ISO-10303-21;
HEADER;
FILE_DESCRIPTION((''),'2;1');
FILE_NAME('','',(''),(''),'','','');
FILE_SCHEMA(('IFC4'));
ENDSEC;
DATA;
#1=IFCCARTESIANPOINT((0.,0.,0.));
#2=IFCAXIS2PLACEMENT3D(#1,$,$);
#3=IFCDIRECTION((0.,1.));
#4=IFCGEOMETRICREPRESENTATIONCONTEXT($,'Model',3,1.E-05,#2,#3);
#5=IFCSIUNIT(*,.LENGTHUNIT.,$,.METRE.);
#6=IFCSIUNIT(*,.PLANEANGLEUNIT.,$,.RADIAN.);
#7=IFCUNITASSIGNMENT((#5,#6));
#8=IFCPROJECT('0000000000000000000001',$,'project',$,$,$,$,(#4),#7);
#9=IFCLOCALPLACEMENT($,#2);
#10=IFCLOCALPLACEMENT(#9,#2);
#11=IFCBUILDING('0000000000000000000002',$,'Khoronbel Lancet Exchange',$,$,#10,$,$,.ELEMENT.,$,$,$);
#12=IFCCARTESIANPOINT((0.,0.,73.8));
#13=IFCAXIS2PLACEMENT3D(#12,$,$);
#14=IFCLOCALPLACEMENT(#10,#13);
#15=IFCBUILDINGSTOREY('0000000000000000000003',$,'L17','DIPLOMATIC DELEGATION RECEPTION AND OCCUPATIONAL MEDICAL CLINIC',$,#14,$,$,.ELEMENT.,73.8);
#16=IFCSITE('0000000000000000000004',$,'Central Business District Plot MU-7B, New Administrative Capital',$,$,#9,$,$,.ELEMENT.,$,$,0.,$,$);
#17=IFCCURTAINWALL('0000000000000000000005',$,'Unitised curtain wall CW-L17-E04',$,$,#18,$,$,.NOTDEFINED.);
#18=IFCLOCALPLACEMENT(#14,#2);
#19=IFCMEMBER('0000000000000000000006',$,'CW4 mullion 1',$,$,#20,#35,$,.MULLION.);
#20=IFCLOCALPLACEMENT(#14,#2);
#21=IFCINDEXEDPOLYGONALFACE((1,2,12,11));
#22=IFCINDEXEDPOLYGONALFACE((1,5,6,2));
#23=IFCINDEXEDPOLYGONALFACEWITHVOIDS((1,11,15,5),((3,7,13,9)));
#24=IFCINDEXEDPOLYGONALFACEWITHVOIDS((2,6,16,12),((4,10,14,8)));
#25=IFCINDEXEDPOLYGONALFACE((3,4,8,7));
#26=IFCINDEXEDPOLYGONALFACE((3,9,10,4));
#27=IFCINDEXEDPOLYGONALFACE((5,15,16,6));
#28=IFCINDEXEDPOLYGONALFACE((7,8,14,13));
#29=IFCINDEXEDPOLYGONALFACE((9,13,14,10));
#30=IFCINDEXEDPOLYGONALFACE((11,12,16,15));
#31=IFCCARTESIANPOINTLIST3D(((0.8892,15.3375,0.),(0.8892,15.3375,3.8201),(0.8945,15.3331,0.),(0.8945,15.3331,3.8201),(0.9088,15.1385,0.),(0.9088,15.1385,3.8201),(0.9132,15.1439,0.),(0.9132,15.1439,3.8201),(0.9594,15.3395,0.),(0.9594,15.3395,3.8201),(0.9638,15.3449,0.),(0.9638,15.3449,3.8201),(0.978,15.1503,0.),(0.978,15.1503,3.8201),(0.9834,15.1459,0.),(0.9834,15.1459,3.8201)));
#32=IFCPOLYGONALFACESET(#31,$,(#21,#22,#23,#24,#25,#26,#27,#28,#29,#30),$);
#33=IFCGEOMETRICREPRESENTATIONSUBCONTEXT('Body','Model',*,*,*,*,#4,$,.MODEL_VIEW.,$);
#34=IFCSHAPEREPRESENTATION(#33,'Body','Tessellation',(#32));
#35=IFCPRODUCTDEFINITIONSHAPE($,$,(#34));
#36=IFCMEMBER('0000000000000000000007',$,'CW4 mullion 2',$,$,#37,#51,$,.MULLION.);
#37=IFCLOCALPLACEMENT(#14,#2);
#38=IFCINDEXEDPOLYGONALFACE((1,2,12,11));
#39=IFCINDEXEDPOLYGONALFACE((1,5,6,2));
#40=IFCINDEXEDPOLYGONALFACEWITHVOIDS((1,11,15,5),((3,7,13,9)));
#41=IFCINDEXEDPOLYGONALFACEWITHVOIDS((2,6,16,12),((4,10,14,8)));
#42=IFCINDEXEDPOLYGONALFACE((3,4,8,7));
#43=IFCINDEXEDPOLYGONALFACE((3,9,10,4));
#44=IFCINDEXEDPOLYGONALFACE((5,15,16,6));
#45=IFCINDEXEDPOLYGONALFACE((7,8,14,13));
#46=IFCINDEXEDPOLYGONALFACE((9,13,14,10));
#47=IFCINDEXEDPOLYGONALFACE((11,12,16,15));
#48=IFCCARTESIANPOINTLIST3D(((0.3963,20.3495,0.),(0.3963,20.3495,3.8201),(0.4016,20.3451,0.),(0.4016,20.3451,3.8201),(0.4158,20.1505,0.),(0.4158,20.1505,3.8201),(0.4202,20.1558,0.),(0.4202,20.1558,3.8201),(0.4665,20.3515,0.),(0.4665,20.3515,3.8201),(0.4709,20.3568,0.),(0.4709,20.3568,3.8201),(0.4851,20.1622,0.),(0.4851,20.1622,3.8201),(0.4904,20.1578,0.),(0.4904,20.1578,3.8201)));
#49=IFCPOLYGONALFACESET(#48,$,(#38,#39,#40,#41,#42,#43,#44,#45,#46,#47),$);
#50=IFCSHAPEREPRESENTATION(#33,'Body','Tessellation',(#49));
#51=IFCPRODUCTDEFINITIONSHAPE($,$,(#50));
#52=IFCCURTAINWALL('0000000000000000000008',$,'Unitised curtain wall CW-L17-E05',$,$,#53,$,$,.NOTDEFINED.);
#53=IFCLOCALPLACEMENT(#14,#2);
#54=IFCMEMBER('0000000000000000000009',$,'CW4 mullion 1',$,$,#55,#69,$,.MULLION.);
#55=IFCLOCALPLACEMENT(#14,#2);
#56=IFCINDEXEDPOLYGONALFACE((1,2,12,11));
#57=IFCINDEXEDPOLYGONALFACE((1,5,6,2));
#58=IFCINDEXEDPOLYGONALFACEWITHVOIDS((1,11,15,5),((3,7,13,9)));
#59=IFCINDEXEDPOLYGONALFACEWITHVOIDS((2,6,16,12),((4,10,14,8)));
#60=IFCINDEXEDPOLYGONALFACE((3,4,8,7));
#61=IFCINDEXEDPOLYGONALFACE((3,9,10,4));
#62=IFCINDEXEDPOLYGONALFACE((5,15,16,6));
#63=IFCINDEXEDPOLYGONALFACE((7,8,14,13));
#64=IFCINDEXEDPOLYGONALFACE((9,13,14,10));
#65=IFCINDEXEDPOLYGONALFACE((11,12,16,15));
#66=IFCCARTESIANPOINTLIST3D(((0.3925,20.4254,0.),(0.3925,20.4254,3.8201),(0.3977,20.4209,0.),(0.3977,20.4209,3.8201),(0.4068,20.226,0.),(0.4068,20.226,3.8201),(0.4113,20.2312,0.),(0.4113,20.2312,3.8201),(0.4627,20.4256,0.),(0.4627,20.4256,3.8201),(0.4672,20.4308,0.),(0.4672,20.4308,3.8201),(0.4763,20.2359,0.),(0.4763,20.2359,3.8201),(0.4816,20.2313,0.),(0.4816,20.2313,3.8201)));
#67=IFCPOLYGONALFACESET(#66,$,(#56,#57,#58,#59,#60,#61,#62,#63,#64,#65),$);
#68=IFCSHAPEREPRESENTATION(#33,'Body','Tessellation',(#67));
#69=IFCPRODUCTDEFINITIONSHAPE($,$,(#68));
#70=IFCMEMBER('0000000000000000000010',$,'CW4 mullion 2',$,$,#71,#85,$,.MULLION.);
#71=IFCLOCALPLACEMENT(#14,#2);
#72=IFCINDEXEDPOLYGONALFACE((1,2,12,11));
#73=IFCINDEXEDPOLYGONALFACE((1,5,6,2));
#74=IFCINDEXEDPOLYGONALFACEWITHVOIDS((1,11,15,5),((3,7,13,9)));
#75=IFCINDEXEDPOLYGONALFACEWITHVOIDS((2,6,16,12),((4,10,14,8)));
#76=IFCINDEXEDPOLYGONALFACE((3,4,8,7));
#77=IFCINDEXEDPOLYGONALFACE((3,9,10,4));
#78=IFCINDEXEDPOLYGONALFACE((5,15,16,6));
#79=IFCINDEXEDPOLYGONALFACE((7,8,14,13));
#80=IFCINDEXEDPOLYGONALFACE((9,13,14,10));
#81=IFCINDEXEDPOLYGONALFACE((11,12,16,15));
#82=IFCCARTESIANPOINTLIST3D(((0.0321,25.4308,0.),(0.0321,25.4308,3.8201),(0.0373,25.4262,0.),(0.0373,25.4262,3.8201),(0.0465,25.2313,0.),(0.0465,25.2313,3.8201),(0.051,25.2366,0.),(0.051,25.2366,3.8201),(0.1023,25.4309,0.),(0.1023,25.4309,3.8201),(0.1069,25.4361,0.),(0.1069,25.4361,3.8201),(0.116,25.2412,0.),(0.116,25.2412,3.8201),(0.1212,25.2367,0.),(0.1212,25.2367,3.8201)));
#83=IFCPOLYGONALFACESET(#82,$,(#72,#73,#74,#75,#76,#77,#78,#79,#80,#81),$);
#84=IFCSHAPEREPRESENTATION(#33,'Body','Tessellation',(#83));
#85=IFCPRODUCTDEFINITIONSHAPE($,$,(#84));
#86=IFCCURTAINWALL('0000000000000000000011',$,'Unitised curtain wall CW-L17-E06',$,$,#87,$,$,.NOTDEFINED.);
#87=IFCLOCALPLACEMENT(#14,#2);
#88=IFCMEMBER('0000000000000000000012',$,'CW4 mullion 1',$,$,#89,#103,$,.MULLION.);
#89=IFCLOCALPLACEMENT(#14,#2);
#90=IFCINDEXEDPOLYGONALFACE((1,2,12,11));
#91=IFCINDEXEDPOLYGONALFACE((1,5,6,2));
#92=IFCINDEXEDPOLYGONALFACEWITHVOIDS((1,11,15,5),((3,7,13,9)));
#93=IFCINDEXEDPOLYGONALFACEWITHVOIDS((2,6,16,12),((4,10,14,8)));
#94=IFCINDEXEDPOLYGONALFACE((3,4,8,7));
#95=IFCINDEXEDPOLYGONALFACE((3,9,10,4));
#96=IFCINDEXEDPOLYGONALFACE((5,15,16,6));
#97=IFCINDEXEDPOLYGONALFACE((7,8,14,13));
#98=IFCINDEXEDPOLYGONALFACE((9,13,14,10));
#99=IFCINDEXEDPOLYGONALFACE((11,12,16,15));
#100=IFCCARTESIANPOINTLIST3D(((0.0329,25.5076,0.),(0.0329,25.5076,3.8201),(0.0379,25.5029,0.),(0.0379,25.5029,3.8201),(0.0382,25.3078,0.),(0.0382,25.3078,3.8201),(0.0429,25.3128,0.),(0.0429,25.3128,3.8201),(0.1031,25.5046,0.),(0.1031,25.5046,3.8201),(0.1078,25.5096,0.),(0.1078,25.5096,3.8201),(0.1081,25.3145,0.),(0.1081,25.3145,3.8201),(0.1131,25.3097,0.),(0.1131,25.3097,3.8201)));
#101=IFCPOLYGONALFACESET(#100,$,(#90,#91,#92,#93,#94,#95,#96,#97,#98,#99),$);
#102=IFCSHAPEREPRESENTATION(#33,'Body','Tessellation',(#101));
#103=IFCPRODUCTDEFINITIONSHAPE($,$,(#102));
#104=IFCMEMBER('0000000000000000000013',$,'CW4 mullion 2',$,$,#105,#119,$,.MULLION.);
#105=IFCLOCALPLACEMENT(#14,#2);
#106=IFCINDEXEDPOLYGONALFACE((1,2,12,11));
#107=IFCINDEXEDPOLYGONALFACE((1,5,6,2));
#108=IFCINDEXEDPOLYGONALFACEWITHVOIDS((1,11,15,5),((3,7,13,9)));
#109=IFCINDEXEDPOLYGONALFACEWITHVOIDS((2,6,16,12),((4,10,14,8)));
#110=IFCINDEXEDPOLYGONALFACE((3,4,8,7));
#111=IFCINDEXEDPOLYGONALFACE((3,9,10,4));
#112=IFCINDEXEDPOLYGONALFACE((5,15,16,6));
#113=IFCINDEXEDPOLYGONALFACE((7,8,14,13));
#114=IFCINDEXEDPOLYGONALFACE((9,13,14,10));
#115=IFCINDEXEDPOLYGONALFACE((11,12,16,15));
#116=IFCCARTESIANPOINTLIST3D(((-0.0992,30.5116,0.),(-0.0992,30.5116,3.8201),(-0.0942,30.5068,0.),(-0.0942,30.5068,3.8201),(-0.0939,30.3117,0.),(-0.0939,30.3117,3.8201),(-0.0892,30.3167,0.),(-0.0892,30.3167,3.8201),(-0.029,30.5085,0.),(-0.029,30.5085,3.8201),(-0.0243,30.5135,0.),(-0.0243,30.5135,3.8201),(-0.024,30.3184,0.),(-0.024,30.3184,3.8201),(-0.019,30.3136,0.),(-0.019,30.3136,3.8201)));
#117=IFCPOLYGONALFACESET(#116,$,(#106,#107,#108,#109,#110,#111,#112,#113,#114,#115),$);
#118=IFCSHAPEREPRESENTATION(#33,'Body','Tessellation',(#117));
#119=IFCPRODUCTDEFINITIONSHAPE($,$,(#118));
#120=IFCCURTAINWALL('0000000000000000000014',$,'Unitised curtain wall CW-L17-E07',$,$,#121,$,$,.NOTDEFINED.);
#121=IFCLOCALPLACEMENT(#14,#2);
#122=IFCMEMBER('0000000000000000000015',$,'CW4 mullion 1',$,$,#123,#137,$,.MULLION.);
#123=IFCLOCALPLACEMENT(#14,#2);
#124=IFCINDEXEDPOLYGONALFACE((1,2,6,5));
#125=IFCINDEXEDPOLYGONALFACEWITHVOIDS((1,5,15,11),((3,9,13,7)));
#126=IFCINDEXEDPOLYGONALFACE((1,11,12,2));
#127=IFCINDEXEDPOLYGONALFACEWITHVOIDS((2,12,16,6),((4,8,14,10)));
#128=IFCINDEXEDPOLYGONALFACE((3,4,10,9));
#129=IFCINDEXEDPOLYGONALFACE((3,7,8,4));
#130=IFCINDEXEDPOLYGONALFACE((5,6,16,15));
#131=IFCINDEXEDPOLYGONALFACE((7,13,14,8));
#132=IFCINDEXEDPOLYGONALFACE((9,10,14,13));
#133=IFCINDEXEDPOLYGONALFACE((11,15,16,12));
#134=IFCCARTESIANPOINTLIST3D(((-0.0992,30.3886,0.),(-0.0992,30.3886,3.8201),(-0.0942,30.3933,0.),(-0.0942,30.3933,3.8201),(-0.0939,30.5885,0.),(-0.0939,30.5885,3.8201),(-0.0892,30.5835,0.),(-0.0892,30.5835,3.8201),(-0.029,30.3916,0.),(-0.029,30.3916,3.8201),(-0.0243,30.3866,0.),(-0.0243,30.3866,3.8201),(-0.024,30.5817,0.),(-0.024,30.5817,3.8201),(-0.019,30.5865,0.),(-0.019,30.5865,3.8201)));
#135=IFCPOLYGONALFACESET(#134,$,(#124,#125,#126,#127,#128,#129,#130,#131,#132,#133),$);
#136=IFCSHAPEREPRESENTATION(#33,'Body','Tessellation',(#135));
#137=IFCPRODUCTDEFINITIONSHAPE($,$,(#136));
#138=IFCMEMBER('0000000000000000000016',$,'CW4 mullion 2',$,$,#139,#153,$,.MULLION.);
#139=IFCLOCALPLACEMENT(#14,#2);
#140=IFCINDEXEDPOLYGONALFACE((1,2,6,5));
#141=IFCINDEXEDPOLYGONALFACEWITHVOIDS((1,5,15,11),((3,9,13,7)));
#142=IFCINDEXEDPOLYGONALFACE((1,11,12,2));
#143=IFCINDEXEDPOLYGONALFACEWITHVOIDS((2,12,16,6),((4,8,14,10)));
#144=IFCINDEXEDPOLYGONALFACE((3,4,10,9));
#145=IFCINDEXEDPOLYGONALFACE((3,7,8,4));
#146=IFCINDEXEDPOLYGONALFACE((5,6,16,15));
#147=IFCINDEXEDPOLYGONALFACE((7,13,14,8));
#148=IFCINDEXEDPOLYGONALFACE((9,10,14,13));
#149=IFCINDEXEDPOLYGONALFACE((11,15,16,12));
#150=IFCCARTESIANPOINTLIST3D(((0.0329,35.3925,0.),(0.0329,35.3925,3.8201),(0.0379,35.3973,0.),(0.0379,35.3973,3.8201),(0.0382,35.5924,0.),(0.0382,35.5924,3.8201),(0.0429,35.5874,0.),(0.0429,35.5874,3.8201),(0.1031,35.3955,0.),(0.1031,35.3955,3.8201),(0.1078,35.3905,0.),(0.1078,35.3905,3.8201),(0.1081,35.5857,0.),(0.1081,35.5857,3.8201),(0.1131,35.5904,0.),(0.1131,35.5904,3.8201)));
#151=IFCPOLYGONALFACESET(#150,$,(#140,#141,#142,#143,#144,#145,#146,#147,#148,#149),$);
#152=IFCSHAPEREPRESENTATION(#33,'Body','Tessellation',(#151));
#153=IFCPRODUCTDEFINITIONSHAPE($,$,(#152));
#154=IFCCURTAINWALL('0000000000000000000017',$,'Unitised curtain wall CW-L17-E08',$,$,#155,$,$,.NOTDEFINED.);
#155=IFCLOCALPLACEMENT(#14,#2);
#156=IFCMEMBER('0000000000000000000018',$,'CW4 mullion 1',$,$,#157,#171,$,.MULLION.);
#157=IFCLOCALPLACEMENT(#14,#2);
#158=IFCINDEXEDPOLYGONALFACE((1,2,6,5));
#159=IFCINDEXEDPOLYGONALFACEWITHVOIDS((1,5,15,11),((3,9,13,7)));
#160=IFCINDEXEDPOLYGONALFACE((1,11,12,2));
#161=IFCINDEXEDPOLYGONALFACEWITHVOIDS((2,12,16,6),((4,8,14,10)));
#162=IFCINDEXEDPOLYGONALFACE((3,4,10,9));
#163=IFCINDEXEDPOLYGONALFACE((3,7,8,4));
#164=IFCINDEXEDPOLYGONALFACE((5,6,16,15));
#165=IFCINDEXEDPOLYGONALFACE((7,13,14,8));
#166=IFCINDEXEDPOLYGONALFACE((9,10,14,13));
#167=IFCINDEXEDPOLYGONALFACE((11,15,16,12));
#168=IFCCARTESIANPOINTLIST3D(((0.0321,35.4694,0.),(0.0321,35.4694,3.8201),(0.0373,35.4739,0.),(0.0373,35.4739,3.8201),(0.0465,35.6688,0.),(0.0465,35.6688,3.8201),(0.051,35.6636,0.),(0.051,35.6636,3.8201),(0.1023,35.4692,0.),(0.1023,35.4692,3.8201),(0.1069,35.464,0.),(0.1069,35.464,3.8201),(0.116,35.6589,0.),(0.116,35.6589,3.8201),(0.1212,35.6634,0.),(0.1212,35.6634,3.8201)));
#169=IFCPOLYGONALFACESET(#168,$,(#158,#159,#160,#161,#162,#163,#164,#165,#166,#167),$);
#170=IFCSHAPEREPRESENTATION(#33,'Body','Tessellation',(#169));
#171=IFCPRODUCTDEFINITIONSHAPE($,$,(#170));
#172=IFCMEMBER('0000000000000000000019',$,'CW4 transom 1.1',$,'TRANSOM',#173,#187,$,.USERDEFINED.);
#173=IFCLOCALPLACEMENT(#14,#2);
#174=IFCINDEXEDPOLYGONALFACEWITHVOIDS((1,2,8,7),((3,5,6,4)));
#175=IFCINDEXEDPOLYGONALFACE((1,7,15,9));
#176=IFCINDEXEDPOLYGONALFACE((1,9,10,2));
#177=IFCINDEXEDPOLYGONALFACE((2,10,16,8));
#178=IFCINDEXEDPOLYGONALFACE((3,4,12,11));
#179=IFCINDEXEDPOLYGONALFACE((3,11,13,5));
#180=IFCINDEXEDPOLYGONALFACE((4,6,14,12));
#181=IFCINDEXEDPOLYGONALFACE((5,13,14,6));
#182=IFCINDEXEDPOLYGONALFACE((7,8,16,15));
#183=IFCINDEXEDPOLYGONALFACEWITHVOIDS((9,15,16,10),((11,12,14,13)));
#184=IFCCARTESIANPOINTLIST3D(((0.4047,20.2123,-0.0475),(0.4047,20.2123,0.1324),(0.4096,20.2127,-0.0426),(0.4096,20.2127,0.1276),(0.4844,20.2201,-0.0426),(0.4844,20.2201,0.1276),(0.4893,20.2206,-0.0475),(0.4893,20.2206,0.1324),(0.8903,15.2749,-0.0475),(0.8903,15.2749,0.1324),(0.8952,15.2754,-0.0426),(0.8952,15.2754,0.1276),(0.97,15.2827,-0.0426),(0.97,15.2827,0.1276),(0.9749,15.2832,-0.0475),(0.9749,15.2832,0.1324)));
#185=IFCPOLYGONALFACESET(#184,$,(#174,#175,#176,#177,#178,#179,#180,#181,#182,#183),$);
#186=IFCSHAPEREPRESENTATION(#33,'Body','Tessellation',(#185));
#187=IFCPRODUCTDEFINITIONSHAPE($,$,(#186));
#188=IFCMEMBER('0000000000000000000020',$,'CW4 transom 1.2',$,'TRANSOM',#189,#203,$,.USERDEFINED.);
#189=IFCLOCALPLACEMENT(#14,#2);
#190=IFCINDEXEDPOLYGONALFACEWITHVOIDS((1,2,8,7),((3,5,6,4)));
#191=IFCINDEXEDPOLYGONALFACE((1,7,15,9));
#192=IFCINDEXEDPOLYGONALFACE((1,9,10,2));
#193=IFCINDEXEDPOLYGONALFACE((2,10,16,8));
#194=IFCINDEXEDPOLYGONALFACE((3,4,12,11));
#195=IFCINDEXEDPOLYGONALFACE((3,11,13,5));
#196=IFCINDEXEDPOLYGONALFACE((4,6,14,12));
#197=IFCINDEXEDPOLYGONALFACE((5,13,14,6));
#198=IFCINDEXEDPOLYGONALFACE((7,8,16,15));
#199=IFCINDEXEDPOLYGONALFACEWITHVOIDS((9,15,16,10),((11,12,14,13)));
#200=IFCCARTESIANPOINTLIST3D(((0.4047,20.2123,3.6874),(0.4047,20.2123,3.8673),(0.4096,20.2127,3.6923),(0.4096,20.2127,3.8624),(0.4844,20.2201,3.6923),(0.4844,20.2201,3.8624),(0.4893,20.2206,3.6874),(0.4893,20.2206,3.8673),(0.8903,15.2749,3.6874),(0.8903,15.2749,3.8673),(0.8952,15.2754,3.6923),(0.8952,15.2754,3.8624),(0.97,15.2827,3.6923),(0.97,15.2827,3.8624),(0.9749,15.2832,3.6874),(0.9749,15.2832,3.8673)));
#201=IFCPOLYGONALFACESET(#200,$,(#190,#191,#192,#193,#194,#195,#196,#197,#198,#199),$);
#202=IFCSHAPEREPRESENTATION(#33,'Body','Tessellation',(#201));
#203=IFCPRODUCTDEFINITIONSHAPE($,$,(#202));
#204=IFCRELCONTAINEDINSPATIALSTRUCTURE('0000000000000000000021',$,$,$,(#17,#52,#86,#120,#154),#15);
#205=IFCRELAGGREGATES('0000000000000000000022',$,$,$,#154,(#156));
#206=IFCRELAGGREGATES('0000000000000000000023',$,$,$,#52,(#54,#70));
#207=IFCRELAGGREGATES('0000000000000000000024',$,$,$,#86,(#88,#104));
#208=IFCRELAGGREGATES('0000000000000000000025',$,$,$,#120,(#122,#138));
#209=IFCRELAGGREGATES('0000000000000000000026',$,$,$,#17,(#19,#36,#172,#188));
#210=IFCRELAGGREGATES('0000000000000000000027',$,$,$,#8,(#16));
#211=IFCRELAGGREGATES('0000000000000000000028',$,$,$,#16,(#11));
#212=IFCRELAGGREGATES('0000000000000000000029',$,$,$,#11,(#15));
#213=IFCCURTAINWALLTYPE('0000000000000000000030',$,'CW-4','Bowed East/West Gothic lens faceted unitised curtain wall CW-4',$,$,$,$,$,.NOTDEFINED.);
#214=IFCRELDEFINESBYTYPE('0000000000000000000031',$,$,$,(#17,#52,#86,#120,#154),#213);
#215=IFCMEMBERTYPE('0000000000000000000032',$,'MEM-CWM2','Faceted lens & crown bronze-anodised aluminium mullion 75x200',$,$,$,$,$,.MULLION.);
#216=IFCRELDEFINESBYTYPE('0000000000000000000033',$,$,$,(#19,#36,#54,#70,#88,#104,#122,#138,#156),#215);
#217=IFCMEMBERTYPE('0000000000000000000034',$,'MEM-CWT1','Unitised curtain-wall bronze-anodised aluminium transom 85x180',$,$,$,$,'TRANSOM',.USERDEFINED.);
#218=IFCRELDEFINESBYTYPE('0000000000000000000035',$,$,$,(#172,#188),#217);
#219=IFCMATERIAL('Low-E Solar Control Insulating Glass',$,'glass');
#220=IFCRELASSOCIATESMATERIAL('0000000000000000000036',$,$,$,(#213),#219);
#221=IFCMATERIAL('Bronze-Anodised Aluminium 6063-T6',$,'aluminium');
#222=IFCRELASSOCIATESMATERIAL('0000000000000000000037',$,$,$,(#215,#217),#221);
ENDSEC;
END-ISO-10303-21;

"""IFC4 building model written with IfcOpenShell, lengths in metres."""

from ifc_helpers import new_model, si_unit, direction, frame, origin, origin_2d, place, context, subcontext, project, spatial, hollow_rectangle, extrude, material, material_profile, profile_set, type_object, element, aggregate, save


model = new_model("IFC4")

# Units and contexts
model_context = context("Model", 3, precision=1e-05, world=origin(), true_north=direction((0.0, 1.0)))
body_context = subcontext(model_context, "Body", "Model", "MODEL_VIEW")
ifc_project = project(units=[si_unit("LENGTHUNIT", "METRE"), si_unit("PLANEANGLEUNIT", "RADIAN")], contexts=[model_context])

# Site, building, storey
site_placement = place(None, origin())
site = spatial("IfcSite", under=ifc_project, at=site_placement, Name="Central Business District Plot MU-7B, New Administrative Capital", CompositionType="ELEMENT", RefElevation=0.0)
building_placement = place(site_placement, origin())
building = spatial("IfcBuilding", under=site, at=building_placement, Name="Khoronbel Lancet Exchange", CompositionType="ELEMENT")
storey_placement = place(building_placement, frame((0.0, 0.0, 73.8)))
storey = spatial("IfcBuildingStorey", under=building, at=storey_placement, Name="L17", Description="DIPLOMATIC DELEGATION RECEPTION AND OCCUPATIONAL MEDICAL CLINIC", CompositionType="ELEMENT", Elevation=73.8)

# Curtain walls, members
ifc_material_1 = material(Name="Low-E Solar Control Insulating Glass", Category="glass")
curtain_wall_type = type_object("IfcCurtainWallType", Name="CW-4", Description="Bowed East/West Gothic lens faceted unitised curtain wall CW-4", PredefinedType="NOTDEFINED", material=ifc_material_1)
curtain_wall_1_placement = place(storey_placement, origin())
curtain_wall_1 = element("IfcCurtainWall", 1, at=curtain_wall_1_placement, inside=storey, type_object=curtain_wall_type, Name="Unitised curtain wall CW-L17-E04", PredefinedType="NOTDEFINED")
ifc_material_2 = material(Name="Bronze-Anodised Aluminium 6063-T6", Category="aluminium")
ifc_material_profile_1 = material_profile(ifc_material_2, hollow_rectangle(XDim=0.075, YDim=0.2, WallThickness=0.0049, at=origin_2d()), Name="ALU MULLION 75x200")
ifc_profile_set_1 = profile_set([ifc_material_profile_1], Name="Bronze-Anodised Aluminium 6063-T6")
member_type_1 = type_object("IfcMemberType", Name="MEM-CWM2", Description="Faceted lens & crown bronze-anodised aluminium mullion 75x200", PredefinedType="MULLION", material=ifc_profile_set_1)
member_1_placement = place(storey_placement, frame((0.9363, 15.2417, 0.0), z_axis=(0.0, 0.0, 1.0), x_axis=(-0.995198, -0.097886, 0.0)))
member_1 = element("IfcMember", 2, at=member_1_placement, type_object=member_type_1, Name="CW4 mullion 1", PredefinedType="MULLION", context=body_context, shape_type="SweptSolid", body=[
    extrude(hollow_rectangle(XDim=0.075, YDim=0.2, WallThickness=0.0049, at=origin_2d()), origin(), (0.0, 0.0, 1.0), 3.8201),
])
member_2_placement = place(storey_placement, frame((0.4434, 20.2537, 0.0), z_axis=(0.0, 0.0, 1.0), x_axis=(-0.995198, -0.097886, 0.0)))
member_2 = element("IfcMember", 3, at=member_2_placement, type_object=member_type_1, Name="CW4 mullion 2", PredefinedType="MULLION", context=body_context, shape_type="SweptSolid", body=[
    extrude(hollow_rectangle(XDim=0.075, YDim=0.2, WallThickness=0.0049, at=origin_2d()), origin(), (0.0, 0.0, 1.0), 3.8201),
])
curtain_wall_2_placement = place(storey_placement, origin())
curtain_wall_2 = element("IfcCurtainWall", 4, at=curtain_wall_2_placement, inside=storey, type_object=curtain_wall_type, Name="Unitised curtain wall CW-L17-E05", PredefinedType="NOTDEFINED")
member_3_placement = place(storey_placement, frame((0.437, 20.3284, 0.0), z_axis=(0.0, 0.0, 1.0), x_axis=(-0.997418, -0.071819, 0.0)))
member_3 = element("IfcMember", 5, at=member_3_placement, type_object=member_type_1, Name="CW4 mullion 1", PredefinedType="MULLION", context=body_context, shape_type="SweptSolid", body=[
    extrude(hollow_rectangle(XDim=0.075, YDim=0.2, WallThickness=0.0049, at=origin_2d()), origin(), (0.0, 0.0, 1.0), 3.8201),
])
member_4_placement = place(storey_placement, frame((0.0767, 25.3337, 0.0), z_axis=(0.0, 0.0, 1.0), x_axis=(-0.997418, -0.071819, 0.0)))
member_4 = element("IfcMember", 6, at=member_4_placement, type_object=member_type_1, Name="CW4 mullion 2", PredefinedType="MULLION", context=body_context, shape_type="SweptSolid", body=[
    extrude(hollow_rectangle(XDim=0.075, YDim=0.2, WallThickness=0.0049, at=origin_2d()), origin(), (0.0, 0.0, 1.0), 3.8201),
])
curtain_wall_3_placement = place(storey_placement, origin())
curtain_wall_3 = element("IfcCurtainWall", 7, at=curtain_wall_3_placement, inside=storey, type_object=curtain_wall_type, Name="Unitised curtain wall CW-L17-E06", PredefinedType="NOTDEFINED")
member_5_placement = place(storey_placement, frame((0.073, 25.4087, 0.0), z_axis=(0.0, 0.0, 1.0), x_axis=(-0.999653, -0.026355, 0.0)))
member_5 = element("IfcMember", 8, at=member_5_placement, type_object=member_type_1, Name="CW4 mullion 1", PredefinedType="MULLION", context=body_context, shape_type="SweptSolid", body=[
    extrude(hollow_rectangle(XDim=0.075, YDim=0.2, WallThickness=0.0049, at=origin_2d()), origin(), (0.0, 0.0, 1.0), 3.8201),
])
member_6_placement = place(storey_placement, frame((-0.0591, 30.4126, 0.0), z_axis=(0.0, 0.0, 1.0), x_axis=(-0.999653, -0.026355, 0.0)))
member_6 = element("IfcMember", 9, at=member_6_placement, type_object=member_type_1, Name="CW4 mullion 2", PredefinedType="MULLION", context=body_context, shape_type="SweptSolid", body=[
    extrude(hollow_rectangle(XDim=0.075, YDim=0.2, WallThickness=0.0049, at=origin_2d()), origin(), (0.0, 0.0, 1.0), 3.8201),
])
curtain_wall_4_placement = place(storey_placement, origin())
curtain_wall_4 = element("IfcCurtainWall", 10, at=curtain_wall_4_placement, inside=storey, type_object=curtain_wall_type, Name="Unitised curtain wall CW-L17-E07", PredefinedType="NOTDEFINED")
member_7_placement = place(storey_placement, frame((-0.0591, 30.4875, 0.0), z_axis=(0.0, 0.0, 1.0), x_axis=(-0.999653, 0.026355, 0.0)))
member_7 = element("IfcMember", 11, at=member_7_placement, type_object=member_type_1, Name="CW4 mullion 1", PredefinedType="MULLION", context=body_context, shape_type="SweptSolid", body=[
    extrude(hollow_rectangle(XDim=0.075, YDim=0.2, WallThickness=0.0049, at=origin_2d()), origin(), (0.0, 0.0, 1.0), 3.8201),
])
member_8_placement = place(storey_placement, frame((0.073, 35.4915, 0.0), z_axis=(0.0, 0.0, 1.0), x_axis=(-0.999653, 0.026355, 0.0)))
member_8 = element("IfcMember", 12, at=member_8_placement, type_object=member_type_1, Name="CW4 mullion 2", PredefinedType="MULLION", context=body_context, shape_type="SweptSolid", body=[
    extrude(hollow_rectangle(XDim=0.075, YDim=0.2, WallThickness=0.0049, at=origin_2d()), origin(), (0.0, 0.0, 1.0), 3.8201),
])

# Curtain wall, member
curtain_wall_5_placement = place(storey_placement, origin())
curtain_wall_5 = element("IfcCurtainWall", 13, at=curtain_wall_5_placement, inside=storey, type_object=curtain_wall_type, Name="Unitised curtain wall CW-L17-E08", PredefinedType="NOTDEFINED")
member_9_placement = place(storey_placement, frame((0.0767, 35.5664, 0.0), z_axis=(0.0, 0.0, 1.0), x_axis=(-0.997418, 0.071819, 0.0)))
member_9 = element("IfcMember", 14, at=member_9_placement, type_object=member_type_1, Name="CW4 mullion 1", PredefinedType="MULLION", context=body_context, shape_type="SweptSolid", body=[
    extrude(hollow_rectangle(XDim=0.075, YDim=0.2, WallThickness=0.0049, at=origin_2d()), origin(), (0.0, 0.0, 1.0), 3.8201),
])

# Members
ifc_material_profile_2 = material_profile(ifc_material_2, hollow_rectangle(XDim=0.085, YDim=0.1799, WallThickness=0.0049, at=origin_2d()), Name="ALU TRANSOM 85x180")
ifc_profile_set_2 = profile_set([ifc_material_profile_2], Name="Bronze-Anodised Aluminium 6063-T6")
member_type_2 = type_object("IfcMemberType", Name="MEM-CWT1", Description="Unitised curtain-wall bronze-anodised aluminium transom 85x180", ElementType="TRANSOM", PredefinedType="USERDEFINED", material=ifc_profile_set_2)
member_10_placement = place(storey_placement, frame((0.9326, 15.2791, 0.0425), z_axis=(-0.097881, 0.995198, 0.0), x_axis=(-0.995198, -0.097881, 0.0)))
member_10 = element("IfcMember", 15, at=member_10_placement, type_object=member_type_2, Name="CW4 transom 1.1", ObjectType="TRANSOM", PredefinedType="USERDEFINED", context=body_context, shape_type="SweptSolid", body=[
    extrude(hollow_rectangle(XDim=0.085, YDim=0.1799, WallThickness=0.0049, at=origin_2d()), origin(), (0.0, 0.0, 1.0), 4.9612),
])
member_11_placement = place(storey_placement, frame((0.9326, 15.2791, 3.7773), z_axis=(-0.097881, 0.995198, 0.0), x_axis=(-0.995198, -0.097881, 0.0)))
member_11 = element("IfcMember", 16, at=member_11_placement, type_object=member_type_2, Name="CW4 transom 1.2", ObjectType="TRANSOM", PredefinedType="USERDEFINED", context=body_context, shape_type="SweptSolid", body=[
    extrude(hollow_rectangle(XDim=0.085, YDim=0.1799, WallThickness=0.0049, at=origin_2d()), origin(), (0.0, 0.0, 1.0), 4.9612),
])
aggregate(curtain_wall_5, [member_9])

aggregate(curtain_wall_2, [member_3, member_4])
aggregate(curtain_wall_3, [member_5, member_6])
aggregate(curtain_wall_4, [member_7, member_8])
aggregate(curtain_wall_1, [member_1, member_2, member_10, member_11])

save(model, "model.ifc")
